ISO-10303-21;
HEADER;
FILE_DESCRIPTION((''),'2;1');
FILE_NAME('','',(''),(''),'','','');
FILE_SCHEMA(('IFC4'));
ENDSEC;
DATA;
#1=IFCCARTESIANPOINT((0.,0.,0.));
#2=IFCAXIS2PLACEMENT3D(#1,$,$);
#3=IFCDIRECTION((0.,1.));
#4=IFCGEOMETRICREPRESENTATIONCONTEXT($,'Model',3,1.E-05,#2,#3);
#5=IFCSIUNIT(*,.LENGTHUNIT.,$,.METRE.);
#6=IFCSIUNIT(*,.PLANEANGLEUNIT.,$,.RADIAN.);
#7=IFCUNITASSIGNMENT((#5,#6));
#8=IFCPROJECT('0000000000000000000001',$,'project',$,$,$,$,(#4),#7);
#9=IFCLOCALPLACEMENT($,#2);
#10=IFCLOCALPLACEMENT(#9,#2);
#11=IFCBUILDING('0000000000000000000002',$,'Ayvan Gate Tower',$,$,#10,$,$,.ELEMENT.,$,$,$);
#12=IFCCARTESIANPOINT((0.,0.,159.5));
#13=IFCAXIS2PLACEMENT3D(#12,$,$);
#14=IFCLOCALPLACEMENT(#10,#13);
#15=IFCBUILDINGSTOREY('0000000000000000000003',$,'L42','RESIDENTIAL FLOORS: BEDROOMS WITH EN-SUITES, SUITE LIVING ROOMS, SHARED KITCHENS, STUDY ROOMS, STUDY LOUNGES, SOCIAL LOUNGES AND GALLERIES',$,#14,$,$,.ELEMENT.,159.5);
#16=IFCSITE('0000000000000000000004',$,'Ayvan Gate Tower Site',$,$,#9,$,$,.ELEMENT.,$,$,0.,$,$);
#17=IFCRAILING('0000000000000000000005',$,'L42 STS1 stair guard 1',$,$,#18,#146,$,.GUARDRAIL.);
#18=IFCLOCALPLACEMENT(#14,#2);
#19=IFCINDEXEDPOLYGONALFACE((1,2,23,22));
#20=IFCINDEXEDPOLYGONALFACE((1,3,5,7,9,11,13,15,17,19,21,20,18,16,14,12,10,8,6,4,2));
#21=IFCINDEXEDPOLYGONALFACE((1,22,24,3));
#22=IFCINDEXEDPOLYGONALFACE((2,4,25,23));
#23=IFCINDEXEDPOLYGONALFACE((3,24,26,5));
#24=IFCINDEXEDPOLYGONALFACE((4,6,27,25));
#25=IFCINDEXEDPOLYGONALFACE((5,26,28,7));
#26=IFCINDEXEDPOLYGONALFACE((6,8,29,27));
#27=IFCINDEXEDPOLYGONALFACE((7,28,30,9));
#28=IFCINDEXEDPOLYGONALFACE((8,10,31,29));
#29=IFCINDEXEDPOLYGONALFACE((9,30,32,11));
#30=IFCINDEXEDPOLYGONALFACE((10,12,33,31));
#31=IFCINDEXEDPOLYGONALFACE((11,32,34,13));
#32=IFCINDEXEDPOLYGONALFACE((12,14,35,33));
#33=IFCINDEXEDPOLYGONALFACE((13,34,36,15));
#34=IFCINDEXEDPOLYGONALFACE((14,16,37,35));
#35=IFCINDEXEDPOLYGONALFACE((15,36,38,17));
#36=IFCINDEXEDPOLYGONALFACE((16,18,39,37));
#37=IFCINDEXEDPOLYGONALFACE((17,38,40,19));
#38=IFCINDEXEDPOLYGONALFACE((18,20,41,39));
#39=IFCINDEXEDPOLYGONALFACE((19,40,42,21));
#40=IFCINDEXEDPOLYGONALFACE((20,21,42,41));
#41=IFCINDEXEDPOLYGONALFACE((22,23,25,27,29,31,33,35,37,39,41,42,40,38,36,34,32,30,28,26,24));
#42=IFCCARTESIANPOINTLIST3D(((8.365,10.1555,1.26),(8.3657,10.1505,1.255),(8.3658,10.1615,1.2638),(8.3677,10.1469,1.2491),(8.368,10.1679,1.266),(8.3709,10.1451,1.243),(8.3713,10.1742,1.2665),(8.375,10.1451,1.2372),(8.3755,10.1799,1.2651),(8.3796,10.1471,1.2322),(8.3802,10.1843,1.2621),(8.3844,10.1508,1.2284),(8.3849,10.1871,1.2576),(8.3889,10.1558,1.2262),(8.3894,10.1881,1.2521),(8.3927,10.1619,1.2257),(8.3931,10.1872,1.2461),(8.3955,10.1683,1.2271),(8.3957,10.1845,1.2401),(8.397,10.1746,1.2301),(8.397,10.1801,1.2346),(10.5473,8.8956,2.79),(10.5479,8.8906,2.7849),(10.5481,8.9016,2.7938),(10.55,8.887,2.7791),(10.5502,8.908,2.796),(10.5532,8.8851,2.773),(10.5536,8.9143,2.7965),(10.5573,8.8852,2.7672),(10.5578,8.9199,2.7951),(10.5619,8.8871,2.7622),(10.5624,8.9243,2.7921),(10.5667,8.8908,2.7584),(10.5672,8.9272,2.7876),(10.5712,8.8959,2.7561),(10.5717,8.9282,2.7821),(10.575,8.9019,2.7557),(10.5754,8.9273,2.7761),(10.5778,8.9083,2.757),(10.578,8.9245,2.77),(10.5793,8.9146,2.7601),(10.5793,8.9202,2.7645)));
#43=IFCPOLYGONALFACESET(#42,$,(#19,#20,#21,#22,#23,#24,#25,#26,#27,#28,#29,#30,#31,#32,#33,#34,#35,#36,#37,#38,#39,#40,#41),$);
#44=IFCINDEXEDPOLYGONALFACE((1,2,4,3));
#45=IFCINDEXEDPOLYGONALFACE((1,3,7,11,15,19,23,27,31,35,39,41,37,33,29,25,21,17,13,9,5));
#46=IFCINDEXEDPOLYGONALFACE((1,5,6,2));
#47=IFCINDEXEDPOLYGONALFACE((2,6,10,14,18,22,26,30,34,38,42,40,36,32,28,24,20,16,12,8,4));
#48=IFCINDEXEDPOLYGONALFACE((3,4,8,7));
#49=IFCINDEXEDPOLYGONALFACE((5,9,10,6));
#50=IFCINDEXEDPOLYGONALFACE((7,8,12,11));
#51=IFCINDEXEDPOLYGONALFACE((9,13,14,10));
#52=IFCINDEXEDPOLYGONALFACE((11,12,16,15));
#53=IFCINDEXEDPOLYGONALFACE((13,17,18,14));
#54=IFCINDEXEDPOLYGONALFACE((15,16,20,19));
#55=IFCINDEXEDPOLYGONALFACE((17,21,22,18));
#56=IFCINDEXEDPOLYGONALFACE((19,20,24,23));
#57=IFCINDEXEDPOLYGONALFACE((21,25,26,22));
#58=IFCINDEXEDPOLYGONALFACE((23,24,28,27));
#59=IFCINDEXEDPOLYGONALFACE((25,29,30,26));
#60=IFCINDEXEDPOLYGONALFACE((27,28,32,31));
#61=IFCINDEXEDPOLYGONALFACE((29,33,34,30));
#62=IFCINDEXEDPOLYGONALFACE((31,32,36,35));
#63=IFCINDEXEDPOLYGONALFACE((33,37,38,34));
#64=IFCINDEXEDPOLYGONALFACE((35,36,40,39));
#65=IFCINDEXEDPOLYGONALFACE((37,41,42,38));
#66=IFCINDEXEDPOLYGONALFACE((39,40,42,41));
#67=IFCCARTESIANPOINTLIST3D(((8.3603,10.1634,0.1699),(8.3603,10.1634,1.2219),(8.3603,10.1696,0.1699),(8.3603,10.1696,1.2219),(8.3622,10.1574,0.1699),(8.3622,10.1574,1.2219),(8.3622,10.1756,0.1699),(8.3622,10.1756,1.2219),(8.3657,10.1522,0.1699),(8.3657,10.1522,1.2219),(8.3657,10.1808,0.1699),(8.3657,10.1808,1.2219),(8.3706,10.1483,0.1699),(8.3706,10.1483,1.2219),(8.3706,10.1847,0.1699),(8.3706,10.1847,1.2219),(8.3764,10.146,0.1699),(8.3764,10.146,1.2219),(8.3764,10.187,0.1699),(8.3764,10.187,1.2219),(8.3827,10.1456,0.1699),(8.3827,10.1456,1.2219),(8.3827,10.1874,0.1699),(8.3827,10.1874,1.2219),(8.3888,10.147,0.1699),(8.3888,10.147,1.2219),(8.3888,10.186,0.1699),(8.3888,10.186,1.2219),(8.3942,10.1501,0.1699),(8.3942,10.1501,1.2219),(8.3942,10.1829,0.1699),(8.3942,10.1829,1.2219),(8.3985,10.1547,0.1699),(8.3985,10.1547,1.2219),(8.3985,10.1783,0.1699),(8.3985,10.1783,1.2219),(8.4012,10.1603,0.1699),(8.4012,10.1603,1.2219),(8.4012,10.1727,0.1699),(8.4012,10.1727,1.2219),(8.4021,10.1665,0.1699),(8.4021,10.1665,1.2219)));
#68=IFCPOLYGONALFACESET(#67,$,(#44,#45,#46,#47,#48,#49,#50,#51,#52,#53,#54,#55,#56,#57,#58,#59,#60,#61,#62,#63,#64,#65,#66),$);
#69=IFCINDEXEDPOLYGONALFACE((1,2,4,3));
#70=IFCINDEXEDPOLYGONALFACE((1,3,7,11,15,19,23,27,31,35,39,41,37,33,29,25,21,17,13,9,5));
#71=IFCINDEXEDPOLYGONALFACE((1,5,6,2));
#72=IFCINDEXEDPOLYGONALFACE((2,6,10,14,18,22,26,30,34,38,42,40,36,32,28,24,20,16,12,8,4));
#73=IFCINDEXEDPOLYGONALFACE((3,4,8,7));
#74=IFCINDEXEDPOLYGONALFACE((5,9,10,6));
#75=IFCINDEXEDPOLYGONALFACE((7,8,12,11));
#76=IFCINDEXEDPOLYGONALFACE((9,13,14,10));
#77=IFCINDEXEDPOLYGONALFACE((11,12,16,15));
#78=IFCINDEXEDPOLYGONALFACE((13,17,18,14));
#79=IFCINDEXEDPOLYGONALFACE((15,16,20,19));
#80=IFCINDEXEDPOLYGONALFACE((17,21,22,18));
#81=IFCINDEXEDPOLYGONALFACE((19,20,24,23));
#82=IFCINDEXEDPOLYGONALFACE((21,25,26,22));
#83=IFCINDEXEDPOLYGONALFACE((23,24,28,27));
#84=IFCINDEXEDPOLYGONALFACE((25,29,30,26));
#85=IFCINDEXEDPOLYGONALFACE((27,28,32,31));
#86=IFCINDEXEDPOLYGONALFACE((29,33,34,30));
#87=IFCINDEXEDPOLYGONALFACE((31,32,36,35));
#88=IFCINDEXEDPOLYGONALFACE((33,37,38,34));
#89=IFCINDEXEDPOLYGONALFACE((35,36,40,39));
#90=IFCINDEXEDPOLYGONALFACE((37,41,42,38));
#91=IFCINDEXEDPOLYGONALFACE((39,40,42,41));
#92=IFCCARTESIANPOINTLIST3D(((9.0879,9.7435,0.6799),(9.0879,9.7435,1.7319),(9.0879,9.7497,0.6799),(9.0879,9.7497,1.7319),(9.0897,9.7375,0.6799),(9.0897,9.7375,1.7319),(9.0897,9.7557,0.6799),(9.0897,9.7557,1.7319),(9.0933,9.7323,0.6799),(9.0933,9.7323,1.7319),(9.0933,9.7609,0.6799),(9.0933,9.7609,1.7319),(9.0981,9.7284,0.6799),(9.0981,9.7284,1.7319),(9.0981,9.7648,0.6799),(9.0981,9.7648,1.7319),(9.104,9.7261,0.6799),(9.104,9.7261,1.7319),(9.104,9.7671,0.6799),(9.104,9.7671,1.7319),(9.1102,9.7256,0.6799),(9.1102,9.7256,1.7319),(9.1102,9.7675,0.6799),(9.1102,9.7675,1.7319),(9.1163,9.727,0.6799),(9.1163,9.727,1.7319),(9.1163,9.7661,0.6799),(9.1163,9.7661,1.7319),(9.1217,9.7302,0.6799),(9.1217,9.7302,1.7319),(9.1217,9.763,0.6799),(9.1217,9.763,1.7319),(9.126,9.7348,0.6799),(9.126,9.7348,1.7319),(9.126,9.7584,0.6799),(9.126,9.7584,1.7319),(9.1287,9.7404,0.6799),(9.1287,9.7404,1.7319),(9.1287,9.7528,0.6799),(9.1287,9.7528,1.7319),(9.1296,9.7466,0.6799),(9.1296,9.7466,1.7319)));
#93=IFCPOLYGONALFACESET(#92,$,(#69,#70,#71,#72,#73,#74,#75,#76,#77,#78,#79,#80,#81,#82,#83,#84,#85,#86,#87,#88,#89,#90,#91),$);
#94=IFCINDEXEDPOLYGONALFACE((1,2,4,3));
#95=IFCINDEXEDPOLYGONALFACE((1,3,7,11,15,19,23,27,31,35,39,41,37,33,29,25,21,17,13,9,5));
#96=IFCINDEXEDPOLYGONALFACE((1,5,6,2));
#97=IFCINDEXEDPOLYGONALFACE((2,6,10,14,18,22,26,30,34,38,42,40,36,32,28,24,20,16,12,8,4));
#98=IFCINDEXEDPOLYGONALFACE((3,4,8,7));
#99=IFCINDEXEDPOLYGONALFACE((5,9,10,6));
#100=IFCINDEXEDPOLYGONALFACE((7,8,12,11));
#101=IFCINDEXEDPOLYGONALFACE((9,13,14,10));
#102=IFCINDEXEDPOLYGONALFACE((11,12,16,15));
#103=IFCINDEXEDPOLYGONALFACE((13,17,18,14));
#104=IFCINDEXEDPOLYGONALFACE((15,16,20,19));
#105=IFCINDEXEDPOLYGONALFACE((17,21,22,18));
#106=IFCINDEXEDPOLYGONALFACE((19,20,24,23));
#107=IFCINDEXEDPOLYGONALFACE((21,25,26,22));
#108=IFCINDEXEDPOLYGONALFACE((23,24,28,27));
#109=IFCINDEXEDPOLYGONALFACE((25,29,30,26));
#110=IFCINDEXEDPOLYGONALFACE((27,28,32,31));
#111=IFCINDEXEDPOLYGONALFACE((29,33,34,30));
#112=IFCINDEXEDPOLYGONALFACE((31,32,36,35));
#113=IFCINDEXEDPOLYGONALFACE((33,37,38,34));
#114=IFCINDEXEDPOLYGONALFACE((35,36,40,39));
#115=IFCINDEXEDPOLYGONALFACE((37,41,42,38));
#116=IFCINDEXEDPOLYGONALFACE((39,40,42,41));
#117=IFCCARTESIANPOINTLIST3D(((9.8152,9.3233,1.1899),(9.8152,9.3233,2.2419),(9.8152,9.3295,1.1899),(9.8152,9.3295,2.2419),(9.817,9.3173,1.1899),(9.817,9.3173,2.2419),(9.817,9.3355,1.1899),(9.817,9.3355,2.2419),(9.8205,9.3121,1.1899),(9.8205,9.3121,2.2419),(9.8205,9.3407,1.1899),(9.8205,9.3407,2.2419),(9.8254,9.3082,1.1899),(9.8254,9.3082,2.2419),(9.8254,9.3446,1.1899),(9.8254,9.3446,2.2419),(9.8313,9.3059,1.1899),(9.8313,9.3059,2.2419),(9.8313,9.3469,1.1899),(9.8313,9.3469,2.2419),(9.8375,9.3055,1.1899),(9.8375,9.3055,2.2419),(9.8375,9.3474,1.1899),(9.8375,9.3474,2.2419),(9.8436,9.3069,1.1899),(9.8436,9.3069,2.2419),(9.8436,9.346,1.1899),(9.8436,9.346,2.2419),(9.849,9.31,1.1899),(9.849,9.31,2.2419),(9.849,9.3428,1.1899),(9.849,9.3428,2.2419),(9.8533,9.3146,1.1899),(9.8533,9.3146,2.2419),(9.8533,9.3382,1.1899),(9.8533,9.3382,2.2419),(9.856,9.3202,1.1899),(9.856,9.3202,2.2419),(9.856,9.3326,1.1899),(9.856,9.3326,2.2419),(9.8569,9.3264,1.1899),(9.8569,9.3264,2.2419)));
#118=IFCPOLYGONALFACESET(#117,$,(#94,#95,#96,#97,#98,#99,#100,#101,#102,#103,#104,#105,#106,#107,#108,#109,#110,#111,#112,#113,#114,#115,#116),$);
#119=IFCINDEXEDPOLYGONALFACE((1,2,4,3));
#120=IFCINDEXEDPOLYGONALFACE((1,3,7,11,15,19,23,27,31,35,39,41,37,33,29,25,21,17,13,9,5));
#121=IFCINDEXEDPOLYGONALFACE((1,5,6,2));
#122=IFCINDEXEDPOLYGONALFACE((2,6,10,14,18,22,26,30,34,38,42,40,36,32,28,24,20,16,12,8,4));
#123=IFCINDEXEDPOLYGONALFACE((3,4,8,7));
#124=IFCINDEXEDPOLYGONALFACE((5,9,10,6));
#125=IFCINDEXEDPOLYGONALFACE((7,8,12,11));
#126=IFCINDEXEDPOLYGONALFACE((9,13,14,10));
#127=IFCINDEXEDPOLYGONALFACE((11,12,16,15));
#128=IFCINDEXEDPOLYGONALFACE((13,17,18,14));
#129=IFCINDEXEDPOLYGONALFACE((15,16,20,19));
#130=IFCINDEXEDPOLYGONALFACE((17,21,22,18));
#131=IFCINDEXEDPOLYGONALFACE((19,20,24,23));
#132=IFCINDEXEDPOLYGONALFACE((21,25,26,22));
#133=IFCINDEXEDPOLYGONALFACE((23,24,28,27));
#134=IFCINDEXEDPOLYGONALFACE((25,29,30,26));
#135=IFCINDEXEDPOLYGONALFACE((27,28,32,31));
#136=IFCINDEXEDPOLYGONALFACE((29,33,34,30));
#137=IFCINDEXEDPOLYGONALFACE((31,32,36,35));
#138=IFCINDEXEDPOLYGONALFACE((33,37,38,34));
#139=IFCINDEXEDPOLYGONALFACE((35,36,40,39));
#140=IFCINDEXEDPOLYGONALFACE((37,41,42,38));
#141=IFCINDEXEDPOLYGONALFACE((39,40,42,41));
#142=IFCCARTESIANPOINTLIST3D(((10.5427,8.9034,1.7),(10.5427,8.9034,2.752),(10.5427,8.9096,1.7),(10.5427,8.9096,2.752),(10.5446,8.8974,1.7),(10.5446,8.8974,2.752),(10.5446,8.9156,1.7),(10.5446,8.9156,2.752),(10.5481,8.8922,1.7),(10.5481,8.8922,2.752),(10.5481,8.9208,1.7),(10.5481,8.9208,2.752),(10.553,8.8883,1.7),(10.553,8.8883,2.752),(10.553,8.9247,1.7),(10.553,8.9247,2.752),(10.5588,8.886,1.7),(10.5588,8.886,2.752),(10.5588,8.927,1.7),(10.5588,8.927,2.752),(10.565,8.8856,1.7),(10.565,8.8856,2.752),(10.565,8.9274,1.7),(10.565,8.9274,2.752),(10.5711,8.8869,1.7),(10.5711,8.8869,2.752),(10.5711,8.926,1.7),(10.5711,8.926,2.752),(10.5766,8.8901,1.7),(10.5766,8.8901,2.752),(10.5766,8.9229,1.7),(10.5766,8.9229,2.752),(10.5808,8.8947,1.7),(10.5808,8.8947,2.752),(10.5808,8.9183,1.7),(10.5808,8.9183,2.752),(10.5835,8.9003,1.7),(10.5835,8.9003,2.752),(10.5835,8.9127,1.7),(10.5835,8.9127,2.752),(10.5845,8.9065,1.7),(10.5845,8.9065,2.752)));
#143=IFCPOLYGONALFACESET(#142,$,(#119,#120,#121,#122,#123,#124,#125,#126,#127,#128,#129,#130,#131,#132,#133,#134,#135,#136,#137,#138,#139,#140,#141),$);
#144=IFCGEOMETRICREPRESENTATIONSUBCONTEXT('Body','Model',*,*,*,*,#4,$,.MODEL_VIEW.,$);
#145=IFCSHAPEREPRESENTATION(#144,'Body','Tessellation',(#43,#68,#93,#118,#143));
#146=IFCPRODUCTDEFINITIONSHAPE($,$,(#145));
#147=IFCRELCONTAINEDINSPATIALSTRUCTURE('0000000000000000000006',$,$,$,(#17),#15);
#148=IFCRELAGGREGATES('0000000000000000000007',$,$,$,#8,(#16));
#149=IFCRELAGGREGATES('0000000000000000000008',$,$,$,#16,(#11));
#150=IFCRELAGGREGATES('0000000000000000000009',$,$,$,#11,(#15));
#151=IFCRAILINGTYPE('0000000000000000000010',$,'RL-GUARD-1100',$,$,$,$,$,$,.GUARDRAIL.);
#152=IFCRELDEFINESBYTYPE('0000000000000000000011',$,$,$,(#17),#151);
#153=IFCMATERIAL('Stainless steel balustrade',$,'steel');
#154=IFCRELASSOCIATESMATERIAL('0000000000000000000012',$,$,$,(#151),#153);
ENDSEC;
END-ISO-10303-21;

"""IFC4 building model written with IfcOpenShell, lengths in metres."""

from ifc_helpers import new_model, si_unit, direction, frame, origin, origin_2d, place, context, subcontext, project, spatial, circle, extrude, material, type_object, element, save


model = new_model("IFC4")

# Units and contexts
model_context = context("Model", 3, precision=1e-05, world=origin(), true_north=direction((0.0, 1.0)))
body_context = subcontext(model_context, "Body", "Model", "MODEL_VIEW")
ifc_project = project(units=[si_unit("LENGTHUNIT", "METRE"), si_unit("PLANEANGLEUNIT", "RADIAN")], contexts=[model_context])

# Site, building, storey
site_placement = place(None, origin())
site = spatial("IfcSite", under=ifc_project, at=site_placement, Name="Ayvan Gate Tower Site", CompositionType="ELEMENT", RefElevation=0.0)
building_placement = place(site_placement, origin())
building = spatial("IfcBuilding", under=site, at=building_placement, Name="Ayvan Gate Tower", CompositionType="ELEMENT")
storey_placement = place(building_placement, frame((0.0, 0.0, 159.5)))
storey = spatial("IfcBuildingStorey", under=building, at=storey_placement, Name="L42", Description="RESIDENTIAL FLOORS: BEDROOMS WITH EN-SUITES, SUITE LIVING ROOMS, SHARED KITCHENS, STUDY ROOMS, STUDY LOUNGES, SOCIAL LOUNGES AND GALLERIES", CompositionType="ELEMENT", Elevation=159.5)

# Railing
ifc_material_1 = material(Name="Stainless steel balustrade", Category="steel")
railing_type_1 = type_object("IfcRailingType", Name="RL-GUARD-1100", PredefinedType="GUARDRAIL", material=ifc_material_1)
railing_1_placement = place(storey_placement, frame((8.3811, 10.1665, 0.1699)))
element("IfcRailing", 1, at=railing_1_placement, inside=storey, type_object=railing_type_1, Name="L42 STS1 stair guard 1", PredefinedType="GUARDRAIL", context=body_context, shape_type="SweptSolid", body=[
    extrude(circle(Radius=0.0239, at=origin_2d()), frame((0.0, 0.0, 1.0762), z_axis=(0.740261, -0.427395, 0.518986), x_axis=(0.500005, 0.866023, 0.0)), (0.0, 0.0, 1.0), 2.948),
    extrude(circle(Radius=0.021, at=origin_2d()), origin(), (0.0, 0.0, 1.0), 1.052),
    extrude(circle(Radius=0.021, at=origin_2d()), frame((0.7275, -0.4199, 0.51)), (0.0, 0.0, 1.0), 1.052),
    extrude(circle(Radius=0.021, at=origin_2d()), frame((1.4548, -0.8401, 1.02)), (0.0, 0.0, 1.0), 1.052),
    extrude(circle(Radius=0.021, at=origin_2d()), frame((2.1824, -1.26, 1.53)), (0.0, 0.0, 1.0), 1.052),
])

save(model, "model.ifc")
